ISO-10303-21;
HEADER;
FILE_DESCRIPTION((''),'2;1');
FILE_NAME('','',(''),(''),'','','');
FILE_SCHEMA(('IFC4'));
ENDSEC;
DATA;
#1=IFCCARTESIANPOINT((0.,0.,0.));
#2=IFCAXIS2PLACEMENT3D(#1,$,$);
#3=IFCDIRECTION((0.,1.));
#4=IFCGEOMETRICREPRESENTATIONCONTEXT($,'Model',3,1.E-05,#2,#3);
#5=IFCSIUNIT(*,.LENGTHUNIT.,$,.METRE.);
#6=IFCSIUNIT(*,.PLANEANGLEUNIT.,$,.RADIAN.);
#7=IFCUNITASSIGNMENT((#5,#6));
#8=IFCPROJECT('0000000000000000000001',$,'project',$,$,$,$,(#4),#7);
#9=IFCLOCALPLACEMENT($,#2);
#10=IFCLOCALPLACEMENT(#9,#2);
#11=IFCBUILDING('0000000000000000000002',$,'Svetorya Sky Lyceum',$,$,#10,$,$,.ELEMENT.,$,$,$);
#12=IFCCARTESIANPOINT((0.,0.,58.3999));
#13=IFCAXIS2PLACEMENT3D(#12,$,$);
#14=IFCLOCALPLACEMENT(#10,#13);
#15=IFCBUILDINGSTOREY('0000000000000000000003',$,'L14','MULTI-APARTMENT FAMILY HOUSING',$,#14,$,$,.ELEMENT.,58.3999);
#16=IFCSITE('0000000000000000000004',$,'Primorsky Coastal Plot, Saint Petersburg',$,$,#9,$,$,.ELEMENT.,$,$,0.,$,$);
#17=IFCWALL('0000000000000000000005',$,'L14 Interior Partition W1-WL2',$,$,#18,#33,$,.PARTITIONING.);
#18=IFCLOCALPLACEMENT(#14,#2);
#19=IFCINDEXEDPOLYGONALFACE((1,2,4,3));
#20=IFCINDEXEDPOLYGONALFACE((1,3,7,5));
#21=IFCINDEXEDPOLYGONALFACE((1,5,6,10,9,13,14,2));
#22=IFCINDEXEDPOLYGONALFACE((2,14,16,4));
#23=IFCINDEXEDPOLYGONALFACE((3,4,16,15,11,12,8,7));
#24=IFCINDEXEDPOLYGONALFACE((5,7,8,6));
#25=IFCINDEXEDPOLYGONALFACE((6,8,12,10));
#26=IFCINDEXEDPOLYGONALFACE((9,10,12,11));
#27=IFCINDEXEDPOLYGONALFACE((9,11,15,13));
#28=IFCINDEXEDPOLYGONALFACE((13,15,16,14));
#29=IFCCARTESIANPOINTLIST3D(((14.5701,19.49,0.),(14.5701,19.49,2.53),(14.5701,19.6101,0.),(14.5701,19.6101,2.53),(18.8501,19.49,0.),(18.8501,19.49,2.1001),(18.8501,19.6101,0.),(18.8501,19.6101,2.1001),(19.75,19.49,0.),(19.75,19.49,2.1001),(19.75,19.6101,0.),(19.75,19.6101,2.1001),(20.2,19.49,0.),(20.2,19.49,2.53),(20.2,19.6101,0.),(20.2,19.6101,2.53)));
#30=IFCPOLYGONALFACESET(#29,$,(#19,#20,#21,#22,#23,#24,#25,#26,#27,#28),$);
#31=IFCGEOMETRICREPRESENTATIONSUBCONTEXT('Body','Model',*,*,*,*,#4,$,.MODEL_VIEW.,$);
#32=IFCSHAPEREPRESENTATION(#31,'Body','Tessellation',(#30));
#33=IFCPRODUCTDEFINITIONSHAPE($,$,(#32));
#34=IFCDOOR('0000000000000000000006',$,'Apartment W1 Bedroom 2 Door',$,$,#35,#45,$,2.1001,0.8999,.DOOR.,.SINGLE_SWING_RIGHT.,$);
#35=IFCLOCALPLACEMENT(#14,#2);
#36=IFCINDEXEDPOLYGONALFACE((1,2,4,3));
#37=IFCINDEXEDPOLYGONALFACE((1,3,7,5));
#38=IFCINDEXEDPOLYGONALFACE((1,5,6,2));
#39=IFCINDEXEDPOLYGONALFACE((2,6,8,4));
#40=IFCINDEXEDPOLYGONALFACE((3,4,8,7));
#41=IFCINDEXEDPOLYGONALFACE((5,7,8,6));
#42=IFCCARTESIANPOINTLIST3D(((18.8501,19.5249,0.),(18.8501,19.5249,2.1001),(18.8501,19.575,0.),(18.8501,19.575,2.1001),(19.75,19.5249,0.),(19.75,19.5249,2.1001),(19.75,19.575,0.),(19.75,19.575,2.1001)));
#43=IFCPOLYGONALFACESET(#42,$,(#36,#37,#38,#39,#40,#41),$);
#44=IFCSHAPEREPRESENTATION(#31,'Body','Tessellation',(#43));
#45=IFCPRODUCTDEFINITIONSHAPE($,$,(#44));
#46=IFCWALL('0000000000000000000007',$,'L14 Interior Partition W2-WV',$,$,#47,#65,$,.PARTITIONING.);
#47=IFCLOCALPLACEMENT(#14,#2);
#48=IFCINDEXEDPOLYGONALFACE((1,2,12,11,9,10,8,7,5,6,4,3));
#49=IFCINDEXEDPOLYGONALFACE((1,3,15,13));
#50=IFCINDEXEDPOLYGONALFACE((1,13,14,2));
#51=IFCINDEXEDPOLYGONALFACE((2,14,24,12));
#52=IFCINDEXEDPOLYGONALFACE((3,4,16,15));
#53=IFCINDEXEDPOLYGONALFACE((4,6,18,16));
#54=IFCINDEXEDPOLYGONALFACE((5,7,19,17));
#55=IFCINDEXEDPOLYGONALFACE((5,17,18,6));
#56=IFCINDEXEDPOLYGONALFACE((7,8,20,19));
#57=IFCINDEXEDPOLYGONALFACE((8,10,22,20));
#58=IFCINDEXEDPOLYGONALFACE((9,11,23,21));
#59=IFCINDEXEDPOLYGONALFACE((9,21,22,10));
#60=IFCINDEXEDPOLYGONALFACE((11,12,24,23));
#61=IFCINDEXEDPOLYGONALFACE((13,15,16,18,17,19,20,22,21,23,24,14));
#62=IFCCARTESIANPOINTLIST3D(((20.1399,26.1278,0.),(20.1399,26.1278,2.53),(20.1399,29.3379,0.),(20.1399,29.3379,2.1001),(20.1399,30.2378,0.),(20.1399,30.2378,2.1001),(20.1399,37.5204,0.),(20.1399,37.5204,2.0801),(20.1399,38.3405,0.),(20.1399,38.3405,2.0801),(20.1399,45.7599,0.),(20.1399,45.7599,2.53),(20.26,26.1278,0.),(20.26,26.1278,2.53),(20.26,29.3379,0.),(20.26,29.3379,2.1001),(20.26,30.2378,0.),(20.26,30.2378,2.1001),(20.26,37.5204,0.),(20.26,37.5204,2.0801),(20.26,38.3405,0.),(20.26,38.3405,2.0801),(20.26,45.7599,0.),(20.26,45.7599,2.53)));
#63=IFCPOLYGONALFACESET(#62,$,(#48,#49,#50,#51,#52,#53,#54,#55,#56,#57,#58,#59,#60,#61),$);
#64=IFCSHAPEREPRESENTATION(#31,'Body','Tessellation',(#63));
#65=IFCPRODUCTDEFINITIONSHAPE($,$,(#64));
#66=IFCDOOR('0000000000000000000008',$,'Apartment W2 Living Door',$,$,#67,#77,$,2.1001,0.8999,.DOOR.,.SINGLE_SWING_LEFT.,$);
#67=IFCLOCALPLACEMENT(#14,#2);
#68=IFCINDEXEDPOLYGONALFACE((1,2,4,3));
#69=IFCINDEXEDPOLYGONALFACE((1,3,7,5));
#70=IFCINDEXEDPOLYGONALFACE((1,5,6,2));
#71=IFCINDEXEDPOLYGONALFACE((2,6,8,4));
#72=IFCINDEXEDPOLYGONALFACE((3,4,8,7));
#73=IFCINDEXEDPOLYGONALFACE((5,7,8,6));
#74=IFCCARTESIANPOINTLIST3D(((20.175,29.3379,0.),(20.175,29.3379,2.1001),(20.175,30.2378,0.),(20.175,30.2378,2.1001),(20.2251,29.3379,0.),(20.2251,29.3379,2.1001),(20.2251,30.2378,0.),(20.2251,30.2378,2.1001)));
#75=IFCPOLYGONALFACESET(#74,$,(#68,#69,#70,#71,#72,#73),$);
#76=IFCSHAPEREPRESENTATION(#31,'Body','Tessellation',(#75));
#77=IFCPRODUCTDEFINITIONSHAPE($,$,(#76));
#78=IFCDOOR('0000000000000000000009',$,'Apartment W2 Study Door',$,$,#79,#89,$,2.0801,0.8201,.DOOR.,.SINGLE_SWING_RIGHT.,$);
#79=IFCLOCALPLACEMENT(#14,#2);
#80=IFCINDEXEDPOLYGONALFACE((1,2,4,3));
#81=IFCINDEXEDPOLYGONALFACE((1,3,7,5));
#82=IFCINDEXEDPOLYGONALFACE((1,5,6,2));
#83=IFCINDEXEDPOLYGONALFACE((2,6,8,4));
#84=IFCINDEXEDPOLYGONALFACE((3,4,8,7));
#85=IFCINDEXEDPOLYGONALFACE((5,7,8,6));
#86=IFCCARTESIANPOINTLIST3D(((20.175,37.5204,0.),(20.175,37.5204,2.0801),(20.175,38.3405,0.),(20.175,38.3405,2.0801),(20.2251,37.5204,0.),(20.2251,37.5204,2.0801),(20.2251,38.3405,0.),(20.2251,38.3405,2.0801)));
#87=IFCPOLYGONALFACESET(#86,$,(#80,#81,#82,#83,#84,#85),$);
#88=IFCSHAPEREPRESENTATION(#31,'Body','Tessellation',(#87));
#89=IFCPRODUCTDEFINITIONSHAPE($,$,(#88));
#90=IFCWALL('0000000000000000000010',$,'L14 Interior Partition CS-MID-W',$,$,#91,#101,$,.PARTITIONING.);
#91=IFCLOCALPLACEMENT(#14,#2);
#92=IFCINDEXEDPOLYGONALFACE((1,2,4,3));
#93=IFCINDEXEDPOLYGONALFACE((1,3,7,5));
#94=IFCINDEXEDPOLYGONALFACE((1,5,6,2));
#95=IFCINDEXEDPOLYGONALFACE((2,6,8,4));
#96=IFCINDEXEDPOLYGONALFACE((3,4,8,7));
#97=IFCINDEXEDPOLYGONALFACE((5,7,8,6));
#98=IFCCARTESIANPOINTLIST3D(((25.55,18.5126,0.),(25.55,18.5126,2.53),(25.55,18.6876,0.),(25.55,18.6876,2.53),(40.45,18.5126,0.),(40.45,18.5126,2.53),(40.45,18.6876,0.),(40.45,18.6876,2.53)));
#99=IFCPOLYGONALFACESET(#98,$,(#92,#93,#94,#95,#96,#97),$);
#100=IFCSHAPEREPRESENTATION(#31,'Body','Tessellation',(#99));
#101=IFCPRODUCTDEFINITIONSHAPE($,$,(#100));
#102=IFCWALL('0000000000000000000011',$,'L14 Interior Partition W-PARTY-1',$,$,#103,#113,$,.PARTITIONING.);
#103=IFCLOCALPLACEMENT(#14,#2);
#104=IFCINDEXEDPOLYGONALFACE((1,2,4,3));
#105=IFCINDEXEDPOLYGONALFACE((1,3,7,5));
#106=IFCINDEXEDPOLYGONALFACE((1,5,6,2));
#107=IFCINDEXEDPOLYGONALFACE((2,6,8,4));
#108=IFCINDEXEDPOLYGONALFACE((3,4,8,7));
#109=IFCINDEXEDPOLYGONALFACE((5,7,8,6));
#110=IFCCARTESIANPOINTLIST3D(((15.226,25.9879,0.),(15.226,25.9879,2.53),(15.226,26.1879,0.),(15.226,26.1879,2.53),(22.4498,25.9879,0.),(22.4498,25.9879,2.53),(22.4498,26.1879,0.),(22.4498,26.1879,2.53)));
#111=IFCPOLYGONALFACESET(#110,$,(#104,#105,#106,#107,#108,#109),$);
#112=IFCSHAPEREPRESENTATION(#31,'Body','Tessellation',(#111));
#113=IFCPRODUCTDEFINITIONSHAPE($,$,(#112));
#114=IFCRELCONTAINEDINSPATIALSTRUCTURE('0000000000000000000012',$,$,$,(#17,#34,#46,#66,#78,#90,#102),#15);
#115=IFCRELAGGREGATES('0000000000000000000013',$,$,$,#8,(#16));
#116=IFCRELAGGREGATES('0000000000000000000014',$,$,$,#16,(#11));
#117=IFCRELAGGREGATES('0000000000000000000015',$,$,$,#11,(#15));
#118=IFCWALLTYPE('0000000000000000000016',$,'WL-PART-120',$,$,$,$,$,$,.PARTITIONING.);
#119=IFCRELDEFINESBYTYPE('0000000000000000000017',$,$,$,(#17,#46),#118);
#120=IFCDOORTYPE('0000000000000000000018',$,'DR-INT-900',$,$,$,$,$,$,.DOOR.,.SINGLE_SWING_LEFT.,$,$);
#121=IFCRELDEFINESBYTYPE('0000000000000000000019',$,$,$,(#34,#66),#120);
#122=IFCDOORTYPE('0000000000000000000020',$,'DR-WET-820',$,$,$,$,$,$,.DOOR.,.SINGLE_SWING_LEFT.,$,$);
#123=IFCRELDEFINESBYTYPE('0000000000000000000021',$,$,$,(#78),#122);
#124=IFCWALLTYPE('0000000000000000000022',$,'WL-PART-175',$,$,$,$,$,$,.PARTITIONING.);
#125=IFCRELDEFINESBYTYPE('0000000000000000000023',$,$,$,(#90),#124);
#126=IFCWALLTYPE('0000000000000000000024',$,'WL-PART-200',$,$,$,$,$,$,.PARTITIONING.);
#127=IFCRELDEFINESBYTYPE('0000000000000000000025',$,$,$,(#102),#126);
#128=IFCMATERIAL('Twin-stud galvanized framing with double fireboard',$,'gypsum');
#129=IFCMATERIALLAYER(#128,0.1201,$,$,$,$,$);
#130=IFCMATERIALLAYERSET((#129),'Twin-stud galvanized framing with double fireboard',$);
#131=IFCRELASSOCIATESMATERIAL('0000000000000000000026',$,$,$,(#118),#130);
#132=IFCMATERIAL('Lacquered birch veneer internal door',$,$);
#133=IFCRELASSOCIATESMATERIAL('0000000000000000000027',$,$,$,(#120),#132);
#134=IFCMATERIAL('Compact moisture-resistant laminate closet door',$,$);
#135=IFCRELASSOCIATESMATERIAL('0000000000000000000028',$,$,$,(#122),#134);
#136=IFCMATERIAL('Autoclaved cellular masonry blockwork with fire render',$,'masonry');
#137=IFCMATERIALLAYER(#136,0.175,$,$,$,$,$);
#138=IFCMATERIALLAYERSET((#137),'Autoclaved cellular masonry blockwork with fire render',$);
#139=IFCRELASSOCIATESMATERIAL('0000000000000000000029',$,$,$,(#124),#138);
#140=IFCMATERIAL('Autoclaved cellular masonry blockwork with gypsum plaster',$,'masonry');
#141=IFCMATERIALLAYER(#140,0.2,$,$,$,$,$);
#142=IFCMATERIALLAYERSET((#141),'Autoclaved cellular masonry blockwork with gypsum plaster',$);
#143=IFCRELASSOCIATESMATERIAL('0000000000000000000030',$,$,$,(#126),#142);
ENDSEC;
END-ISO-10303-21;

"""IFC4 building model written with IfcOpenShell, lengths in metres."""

from ifc_helpers import new_model, si_unit, direction, frame, frame_2d, origin, place, context, subcontext, project, spatial, rectangle, extrude, material, layer, layer_set, type_object, element, fill, save


model = new_model("IFC4")

# Units and contexts
model_context = context("Model", 3, precision=1e-05, world=origin(), true_north=direction((0.0, 1.0)))
body_context = subcontext(model_context, "Body", "Model", "MODEL_VIEW")
ifc_project = project(units=[si_unit("LENGTHUNIT", "METRE"), si_unit("PLANEANGLEUNIT", "RADIAN")], contexts=[model_context])

# Site, building, storey
site_placement = place(None, origin())
site = spatial("IfcSite", under=ifc_project, at=site_placement, Name="Primorsky Coastal Plot, Saint Petersburg", CompositionType="ELEMENT", RefElevation=0.0)
building_placement = place(site_placement, origin())
building = spatial("IfcBuilding", under=site, at=building_placement, Name="Svetorya Sky Lyceum", CompositionType="ELEMENT")
storey_placement = place(building_placement, frame((0.0, 0.0, 58.3999)))
storey = spatial("IfcBuildingStorey", under=building, at=storey_placement, Name="L14", Description="MULTI-APARTMENT FAMILY HOUSING", CompositionType="ELEMENT", Elevation=58.3999)

# Shared definitions
ifc_material_1 = material(Name="Twin-stud galvanized framing with double fireboard", Category="gypsum")
ifc_layer_1 = layer(ifc_material_1, 0.1201)
ifc_layer_set_1 = layer_set([ifc_layer_1], Name="Twin-stud galvanized framing with double fireboard")
wall_type_1 = type_object("IfcWallType", Name="WL-PART-120", PredefinedType="PARTITIONING", material=ifc_layer_set_1)

# Wall, opening, door
wall_1_placement = place(storey_placement, frame((14.5701, 19.55, 0.0), z_axis=(0.0, 0.0, 1.0), x_axis=(1.0, 0.0, 0.0)))
wall_1 = element("IfcWall", 1, at=wall_1_placement, inside=storey, type_object=wall_type_1, Name="L14 Interior Partition W1-WL2", PredefinedType="PARTITIONING", context=body_context, shape_type="SweptSolid", body=[
    extrude(rectangle(XDim=5.6299, YDim=0.1201, at=frame_2d((2.8149, 0.0))), origin(), (0.0, 0.0, 1.0), 2.53),
])
opening_1_placement = place(wall_1_placement, frame((4.28, 0.0, 0.0)))
opening_1 = element("IfcOpeningElement", 2, at=opening_1_placement, cuts=wall_1, PredefinedType="OPENING", context=body_context, shape_type="SweptSolid", body=[
    extrude(rectangle(XDim=0.8999, YDim=2.1001, at=frame_2d((0.45, 1.05))), frame((0.0, 0.0701, 0.0), z_axis=(0.0, -1.0, 0.0), x_axis=(1.0, 0.0, 0.0)), (0.0, 0.0, 1.0), 0.1401),
])
ifc_material_2 = material(Name="Lacquered birch veneer internal door")
door_type_1 = type_object("IfcDoorType", Name="DR-INT-900", OperationType="SINGLE_SWING_LEFT", PredefinedType="DOOR", material=ifc_material_2)
door_1_placement = place(opening_1_placement, origin())
door_1 = element("IfcDoor", 3, at=door_1_placement, inside=storey, type_object=door_type_1, Name="Apartment W1 Bedroom 2 Door", OperationType="SINGLE_SWING_RIGHT", OverallHeight=2.1001, OverallWidth=0.8999, PredefinedType="DOOR", context=body_context, shape_type="SweptSolid", body=[
    extrude(rectangle(XDim=0.8999, YDim=2.1001, at=frame_2d((0.45, 1.05))), frame((0.0, 0.0249, 0.0), z_axis=(0.0, -1.0, 0.0), x_axis=(1.0, 0.0, 0.0)), (0.0, 0.0, 1.0), 0.05),
])
fill(opening_1, door_1)

# Wall, openings, doors
wall_2_placement = place(storey_placement, frame((20.2, 26.1279, 0.0), z_axis=(0.0, 0.0, 1.0), x_axis=(0.0, 1.0, 0.0)))
wall_2 = element("IfcWall", 4, at=wall_2_placement, inside=storey, type_object=wall_type_1, Name="L14 Interior Partition W2-WV", PredefinedType="PARTITIONING", context=body_context, shape_type="SweptSolid", body=[
    extrude(rectangle(XDim=19.6321, YDim=0.1201, at=frame_2d((9.8159, 0.0))), origin(), (0.0, 0.0, 1.0), 2.53),
])
opening_2_placement = place(wall_2_placement, frame((3.21, 0.0, 0.0)))
opening_2 = element("IfcOpeningElement", 5, at=opening_2_placement, cuts=wall_2, PredefinedType="OPENING", context=body_context, shape_type="SweptSolid", body=[
    extrude(rectangle(XDim=0.8999, YDim=2.1001, at=frame_2d((0.45, 1.05))), frame((0.0, 0.0701, 0.0), z_axis=(0.0, -1.0, 0.0), x_axis=(1.0, 0.0, 0.0)), (0.0, 0.0, 1.0), 0.1401),
])
opening_3_placement = place(wall_2_placement, frame((11.3923, 0.0, 0.0)))
opening_3 = element("IfcOpeningElement", 6, at=opening_3_placement, cuts=wall_2, PredefinedType="OPENING", context=body_context, shape_type="SweptSolid", body=[
    extrude(rectangle(XDim=0.8201, YDim=2.0801, at=frame_2d((0.4102, 1.04))), frame((0.0, 0.0701, 0.0), z_axis=(0.0, -1.0, 0.0), x_axis=(1.0, 0.0, 0.0)), (0.0, 0.0, 1.0), 0.1401),
])
door_2_placement = place(opening_2_placement, origin())
door_2 = element("IfcDoor", 7, at=door_2_placement, inside=storey, type_object=door_type_1, Name="Apartment W2 Living Door", OperationType="SINGLE_SWING_LEFT", OverallHeight=2.1001, OverallWidth=0.8999, PredefinedType="DOOR", context=body_context, shape_type="SweptSolid", body=[
    extrude(rectangle(XDim=0.8999, YDim=2.1001, at=frame_2d((0.45, 1.05))), frame((0.0, 0.0249, 0.0), z_axis=(0.0, -1.0, 0.0), x_axis=(1.0, 0.0, 0.0)), (0.0, 0.0, 1.0), 0.05),
])
fill(opening_2, door_2)
ifc_material_3 = material(Name="Compact moisture-resistant laminate closet door")
door_type_2 = type_object("IfcDoorType", Name="DR-WET-820", OperationType="SINGLE_SWING_LEFT", PredefinedType="DOOR", material=ifc_material_3)
door_3_placement = place(opening_3_placement, origin())
door_3 = element("IfcDoor", 8, at=door_3_placement, inside=storey, type_object=door_type_2, Name="Apartment W2 Study Door", OperationType="SINGLE_SWING_RIGHT", OverallHeight=2.0801, OverallWidth=0.8201, PredefinedType="DOOR", context=body_context, shape_type="SweptSolid", body=[
    extrude(rectangle(XDim=0.8201, YDim=2.0801, at=frame_2d((0.4102, 1.04))), frame((0.0, 0.0249, 0.0), z_axis=(0.0, -1.0, 0.0), x_axis=(1.0, 0.0, 0.0)), (0.0, 0.0, 1.0), 0.05),
])
fill(opening_3, door_3)

# Walls
ifc_material_4 = material(Name="Autoclaved cellular masonry blockwork with fire render", Category="masonry")
ifc_layer_2 = layer(ifc_material_4, 0.175)
ifc_layer_set_2 = layer_set([ifc_layer_2], Name="Autoclaved cellular masonry blockwork with fire render")
wall_type_2 = type_object("IfcWallType", Name="WL-PART-175", PredefinedType="PARTITIONING", material=ifc_layer_set_2)
wall_3_placement = place(storey_placement, frame((25.55, 18.6001, 0.0), z_axis=(0.0, 0.0, 1.0), x_axis=(1.0, 0.0, 0.0)))
element("IfcWall", 9, at=wall_3_placement, inside=storey, type_object=wall_type_2, Name="L14 Interior Partition CS-MID-W", PredefinedType="PARTITIONING", context=body_context, shape_type="SweptSolid", body=[
    extrude(rectangle(XDim=14.8999, YDim=0.175, at=frame_2d((7.45, 0.0))), origin(), (0.0, 0.0, 1.0), 2.53),
])
ifc_material_5 = material(Name="Autoclaved cellular masonry blockwork with gypsum plaster", Category="masonry")
ifc_layer_3 = layer(ifc_material_5, 0.2)
ifc_layer_set_3 = layer_set([ifc_layer_3], Name="Autoclaved cellular masonry blockwork with gypsum plaster")
wall_type_3 = type_object("IfcWallType", Name="WL-PART-200", PredefinedType="PARTITIONING", material=ifc_layer_set_3)
wall_4_placement = place(storey_placement, frame((15.2261, 26.0879, 0.0), z_axis=(0.0, 0.0, 1.0), x_axis=(1.0, 0.0, 0.0)))
element("IfcWall", 10, at=wall_4_placement, inside=storey, type_object=wall_type_3, Name="L14 Interior Partition W-PARTY-1", PredefinedType="PARTITIONING", context=body_context, shape_type="SweptSolid", body=[
    extrude(rectangle(XDim=7.2239, YDim=0.2, at=frame_2d((3.6118, 0.0))), origin(), (0.0, 0.0, 1.0), 2.53),
])

save(model, "model.ifc")
